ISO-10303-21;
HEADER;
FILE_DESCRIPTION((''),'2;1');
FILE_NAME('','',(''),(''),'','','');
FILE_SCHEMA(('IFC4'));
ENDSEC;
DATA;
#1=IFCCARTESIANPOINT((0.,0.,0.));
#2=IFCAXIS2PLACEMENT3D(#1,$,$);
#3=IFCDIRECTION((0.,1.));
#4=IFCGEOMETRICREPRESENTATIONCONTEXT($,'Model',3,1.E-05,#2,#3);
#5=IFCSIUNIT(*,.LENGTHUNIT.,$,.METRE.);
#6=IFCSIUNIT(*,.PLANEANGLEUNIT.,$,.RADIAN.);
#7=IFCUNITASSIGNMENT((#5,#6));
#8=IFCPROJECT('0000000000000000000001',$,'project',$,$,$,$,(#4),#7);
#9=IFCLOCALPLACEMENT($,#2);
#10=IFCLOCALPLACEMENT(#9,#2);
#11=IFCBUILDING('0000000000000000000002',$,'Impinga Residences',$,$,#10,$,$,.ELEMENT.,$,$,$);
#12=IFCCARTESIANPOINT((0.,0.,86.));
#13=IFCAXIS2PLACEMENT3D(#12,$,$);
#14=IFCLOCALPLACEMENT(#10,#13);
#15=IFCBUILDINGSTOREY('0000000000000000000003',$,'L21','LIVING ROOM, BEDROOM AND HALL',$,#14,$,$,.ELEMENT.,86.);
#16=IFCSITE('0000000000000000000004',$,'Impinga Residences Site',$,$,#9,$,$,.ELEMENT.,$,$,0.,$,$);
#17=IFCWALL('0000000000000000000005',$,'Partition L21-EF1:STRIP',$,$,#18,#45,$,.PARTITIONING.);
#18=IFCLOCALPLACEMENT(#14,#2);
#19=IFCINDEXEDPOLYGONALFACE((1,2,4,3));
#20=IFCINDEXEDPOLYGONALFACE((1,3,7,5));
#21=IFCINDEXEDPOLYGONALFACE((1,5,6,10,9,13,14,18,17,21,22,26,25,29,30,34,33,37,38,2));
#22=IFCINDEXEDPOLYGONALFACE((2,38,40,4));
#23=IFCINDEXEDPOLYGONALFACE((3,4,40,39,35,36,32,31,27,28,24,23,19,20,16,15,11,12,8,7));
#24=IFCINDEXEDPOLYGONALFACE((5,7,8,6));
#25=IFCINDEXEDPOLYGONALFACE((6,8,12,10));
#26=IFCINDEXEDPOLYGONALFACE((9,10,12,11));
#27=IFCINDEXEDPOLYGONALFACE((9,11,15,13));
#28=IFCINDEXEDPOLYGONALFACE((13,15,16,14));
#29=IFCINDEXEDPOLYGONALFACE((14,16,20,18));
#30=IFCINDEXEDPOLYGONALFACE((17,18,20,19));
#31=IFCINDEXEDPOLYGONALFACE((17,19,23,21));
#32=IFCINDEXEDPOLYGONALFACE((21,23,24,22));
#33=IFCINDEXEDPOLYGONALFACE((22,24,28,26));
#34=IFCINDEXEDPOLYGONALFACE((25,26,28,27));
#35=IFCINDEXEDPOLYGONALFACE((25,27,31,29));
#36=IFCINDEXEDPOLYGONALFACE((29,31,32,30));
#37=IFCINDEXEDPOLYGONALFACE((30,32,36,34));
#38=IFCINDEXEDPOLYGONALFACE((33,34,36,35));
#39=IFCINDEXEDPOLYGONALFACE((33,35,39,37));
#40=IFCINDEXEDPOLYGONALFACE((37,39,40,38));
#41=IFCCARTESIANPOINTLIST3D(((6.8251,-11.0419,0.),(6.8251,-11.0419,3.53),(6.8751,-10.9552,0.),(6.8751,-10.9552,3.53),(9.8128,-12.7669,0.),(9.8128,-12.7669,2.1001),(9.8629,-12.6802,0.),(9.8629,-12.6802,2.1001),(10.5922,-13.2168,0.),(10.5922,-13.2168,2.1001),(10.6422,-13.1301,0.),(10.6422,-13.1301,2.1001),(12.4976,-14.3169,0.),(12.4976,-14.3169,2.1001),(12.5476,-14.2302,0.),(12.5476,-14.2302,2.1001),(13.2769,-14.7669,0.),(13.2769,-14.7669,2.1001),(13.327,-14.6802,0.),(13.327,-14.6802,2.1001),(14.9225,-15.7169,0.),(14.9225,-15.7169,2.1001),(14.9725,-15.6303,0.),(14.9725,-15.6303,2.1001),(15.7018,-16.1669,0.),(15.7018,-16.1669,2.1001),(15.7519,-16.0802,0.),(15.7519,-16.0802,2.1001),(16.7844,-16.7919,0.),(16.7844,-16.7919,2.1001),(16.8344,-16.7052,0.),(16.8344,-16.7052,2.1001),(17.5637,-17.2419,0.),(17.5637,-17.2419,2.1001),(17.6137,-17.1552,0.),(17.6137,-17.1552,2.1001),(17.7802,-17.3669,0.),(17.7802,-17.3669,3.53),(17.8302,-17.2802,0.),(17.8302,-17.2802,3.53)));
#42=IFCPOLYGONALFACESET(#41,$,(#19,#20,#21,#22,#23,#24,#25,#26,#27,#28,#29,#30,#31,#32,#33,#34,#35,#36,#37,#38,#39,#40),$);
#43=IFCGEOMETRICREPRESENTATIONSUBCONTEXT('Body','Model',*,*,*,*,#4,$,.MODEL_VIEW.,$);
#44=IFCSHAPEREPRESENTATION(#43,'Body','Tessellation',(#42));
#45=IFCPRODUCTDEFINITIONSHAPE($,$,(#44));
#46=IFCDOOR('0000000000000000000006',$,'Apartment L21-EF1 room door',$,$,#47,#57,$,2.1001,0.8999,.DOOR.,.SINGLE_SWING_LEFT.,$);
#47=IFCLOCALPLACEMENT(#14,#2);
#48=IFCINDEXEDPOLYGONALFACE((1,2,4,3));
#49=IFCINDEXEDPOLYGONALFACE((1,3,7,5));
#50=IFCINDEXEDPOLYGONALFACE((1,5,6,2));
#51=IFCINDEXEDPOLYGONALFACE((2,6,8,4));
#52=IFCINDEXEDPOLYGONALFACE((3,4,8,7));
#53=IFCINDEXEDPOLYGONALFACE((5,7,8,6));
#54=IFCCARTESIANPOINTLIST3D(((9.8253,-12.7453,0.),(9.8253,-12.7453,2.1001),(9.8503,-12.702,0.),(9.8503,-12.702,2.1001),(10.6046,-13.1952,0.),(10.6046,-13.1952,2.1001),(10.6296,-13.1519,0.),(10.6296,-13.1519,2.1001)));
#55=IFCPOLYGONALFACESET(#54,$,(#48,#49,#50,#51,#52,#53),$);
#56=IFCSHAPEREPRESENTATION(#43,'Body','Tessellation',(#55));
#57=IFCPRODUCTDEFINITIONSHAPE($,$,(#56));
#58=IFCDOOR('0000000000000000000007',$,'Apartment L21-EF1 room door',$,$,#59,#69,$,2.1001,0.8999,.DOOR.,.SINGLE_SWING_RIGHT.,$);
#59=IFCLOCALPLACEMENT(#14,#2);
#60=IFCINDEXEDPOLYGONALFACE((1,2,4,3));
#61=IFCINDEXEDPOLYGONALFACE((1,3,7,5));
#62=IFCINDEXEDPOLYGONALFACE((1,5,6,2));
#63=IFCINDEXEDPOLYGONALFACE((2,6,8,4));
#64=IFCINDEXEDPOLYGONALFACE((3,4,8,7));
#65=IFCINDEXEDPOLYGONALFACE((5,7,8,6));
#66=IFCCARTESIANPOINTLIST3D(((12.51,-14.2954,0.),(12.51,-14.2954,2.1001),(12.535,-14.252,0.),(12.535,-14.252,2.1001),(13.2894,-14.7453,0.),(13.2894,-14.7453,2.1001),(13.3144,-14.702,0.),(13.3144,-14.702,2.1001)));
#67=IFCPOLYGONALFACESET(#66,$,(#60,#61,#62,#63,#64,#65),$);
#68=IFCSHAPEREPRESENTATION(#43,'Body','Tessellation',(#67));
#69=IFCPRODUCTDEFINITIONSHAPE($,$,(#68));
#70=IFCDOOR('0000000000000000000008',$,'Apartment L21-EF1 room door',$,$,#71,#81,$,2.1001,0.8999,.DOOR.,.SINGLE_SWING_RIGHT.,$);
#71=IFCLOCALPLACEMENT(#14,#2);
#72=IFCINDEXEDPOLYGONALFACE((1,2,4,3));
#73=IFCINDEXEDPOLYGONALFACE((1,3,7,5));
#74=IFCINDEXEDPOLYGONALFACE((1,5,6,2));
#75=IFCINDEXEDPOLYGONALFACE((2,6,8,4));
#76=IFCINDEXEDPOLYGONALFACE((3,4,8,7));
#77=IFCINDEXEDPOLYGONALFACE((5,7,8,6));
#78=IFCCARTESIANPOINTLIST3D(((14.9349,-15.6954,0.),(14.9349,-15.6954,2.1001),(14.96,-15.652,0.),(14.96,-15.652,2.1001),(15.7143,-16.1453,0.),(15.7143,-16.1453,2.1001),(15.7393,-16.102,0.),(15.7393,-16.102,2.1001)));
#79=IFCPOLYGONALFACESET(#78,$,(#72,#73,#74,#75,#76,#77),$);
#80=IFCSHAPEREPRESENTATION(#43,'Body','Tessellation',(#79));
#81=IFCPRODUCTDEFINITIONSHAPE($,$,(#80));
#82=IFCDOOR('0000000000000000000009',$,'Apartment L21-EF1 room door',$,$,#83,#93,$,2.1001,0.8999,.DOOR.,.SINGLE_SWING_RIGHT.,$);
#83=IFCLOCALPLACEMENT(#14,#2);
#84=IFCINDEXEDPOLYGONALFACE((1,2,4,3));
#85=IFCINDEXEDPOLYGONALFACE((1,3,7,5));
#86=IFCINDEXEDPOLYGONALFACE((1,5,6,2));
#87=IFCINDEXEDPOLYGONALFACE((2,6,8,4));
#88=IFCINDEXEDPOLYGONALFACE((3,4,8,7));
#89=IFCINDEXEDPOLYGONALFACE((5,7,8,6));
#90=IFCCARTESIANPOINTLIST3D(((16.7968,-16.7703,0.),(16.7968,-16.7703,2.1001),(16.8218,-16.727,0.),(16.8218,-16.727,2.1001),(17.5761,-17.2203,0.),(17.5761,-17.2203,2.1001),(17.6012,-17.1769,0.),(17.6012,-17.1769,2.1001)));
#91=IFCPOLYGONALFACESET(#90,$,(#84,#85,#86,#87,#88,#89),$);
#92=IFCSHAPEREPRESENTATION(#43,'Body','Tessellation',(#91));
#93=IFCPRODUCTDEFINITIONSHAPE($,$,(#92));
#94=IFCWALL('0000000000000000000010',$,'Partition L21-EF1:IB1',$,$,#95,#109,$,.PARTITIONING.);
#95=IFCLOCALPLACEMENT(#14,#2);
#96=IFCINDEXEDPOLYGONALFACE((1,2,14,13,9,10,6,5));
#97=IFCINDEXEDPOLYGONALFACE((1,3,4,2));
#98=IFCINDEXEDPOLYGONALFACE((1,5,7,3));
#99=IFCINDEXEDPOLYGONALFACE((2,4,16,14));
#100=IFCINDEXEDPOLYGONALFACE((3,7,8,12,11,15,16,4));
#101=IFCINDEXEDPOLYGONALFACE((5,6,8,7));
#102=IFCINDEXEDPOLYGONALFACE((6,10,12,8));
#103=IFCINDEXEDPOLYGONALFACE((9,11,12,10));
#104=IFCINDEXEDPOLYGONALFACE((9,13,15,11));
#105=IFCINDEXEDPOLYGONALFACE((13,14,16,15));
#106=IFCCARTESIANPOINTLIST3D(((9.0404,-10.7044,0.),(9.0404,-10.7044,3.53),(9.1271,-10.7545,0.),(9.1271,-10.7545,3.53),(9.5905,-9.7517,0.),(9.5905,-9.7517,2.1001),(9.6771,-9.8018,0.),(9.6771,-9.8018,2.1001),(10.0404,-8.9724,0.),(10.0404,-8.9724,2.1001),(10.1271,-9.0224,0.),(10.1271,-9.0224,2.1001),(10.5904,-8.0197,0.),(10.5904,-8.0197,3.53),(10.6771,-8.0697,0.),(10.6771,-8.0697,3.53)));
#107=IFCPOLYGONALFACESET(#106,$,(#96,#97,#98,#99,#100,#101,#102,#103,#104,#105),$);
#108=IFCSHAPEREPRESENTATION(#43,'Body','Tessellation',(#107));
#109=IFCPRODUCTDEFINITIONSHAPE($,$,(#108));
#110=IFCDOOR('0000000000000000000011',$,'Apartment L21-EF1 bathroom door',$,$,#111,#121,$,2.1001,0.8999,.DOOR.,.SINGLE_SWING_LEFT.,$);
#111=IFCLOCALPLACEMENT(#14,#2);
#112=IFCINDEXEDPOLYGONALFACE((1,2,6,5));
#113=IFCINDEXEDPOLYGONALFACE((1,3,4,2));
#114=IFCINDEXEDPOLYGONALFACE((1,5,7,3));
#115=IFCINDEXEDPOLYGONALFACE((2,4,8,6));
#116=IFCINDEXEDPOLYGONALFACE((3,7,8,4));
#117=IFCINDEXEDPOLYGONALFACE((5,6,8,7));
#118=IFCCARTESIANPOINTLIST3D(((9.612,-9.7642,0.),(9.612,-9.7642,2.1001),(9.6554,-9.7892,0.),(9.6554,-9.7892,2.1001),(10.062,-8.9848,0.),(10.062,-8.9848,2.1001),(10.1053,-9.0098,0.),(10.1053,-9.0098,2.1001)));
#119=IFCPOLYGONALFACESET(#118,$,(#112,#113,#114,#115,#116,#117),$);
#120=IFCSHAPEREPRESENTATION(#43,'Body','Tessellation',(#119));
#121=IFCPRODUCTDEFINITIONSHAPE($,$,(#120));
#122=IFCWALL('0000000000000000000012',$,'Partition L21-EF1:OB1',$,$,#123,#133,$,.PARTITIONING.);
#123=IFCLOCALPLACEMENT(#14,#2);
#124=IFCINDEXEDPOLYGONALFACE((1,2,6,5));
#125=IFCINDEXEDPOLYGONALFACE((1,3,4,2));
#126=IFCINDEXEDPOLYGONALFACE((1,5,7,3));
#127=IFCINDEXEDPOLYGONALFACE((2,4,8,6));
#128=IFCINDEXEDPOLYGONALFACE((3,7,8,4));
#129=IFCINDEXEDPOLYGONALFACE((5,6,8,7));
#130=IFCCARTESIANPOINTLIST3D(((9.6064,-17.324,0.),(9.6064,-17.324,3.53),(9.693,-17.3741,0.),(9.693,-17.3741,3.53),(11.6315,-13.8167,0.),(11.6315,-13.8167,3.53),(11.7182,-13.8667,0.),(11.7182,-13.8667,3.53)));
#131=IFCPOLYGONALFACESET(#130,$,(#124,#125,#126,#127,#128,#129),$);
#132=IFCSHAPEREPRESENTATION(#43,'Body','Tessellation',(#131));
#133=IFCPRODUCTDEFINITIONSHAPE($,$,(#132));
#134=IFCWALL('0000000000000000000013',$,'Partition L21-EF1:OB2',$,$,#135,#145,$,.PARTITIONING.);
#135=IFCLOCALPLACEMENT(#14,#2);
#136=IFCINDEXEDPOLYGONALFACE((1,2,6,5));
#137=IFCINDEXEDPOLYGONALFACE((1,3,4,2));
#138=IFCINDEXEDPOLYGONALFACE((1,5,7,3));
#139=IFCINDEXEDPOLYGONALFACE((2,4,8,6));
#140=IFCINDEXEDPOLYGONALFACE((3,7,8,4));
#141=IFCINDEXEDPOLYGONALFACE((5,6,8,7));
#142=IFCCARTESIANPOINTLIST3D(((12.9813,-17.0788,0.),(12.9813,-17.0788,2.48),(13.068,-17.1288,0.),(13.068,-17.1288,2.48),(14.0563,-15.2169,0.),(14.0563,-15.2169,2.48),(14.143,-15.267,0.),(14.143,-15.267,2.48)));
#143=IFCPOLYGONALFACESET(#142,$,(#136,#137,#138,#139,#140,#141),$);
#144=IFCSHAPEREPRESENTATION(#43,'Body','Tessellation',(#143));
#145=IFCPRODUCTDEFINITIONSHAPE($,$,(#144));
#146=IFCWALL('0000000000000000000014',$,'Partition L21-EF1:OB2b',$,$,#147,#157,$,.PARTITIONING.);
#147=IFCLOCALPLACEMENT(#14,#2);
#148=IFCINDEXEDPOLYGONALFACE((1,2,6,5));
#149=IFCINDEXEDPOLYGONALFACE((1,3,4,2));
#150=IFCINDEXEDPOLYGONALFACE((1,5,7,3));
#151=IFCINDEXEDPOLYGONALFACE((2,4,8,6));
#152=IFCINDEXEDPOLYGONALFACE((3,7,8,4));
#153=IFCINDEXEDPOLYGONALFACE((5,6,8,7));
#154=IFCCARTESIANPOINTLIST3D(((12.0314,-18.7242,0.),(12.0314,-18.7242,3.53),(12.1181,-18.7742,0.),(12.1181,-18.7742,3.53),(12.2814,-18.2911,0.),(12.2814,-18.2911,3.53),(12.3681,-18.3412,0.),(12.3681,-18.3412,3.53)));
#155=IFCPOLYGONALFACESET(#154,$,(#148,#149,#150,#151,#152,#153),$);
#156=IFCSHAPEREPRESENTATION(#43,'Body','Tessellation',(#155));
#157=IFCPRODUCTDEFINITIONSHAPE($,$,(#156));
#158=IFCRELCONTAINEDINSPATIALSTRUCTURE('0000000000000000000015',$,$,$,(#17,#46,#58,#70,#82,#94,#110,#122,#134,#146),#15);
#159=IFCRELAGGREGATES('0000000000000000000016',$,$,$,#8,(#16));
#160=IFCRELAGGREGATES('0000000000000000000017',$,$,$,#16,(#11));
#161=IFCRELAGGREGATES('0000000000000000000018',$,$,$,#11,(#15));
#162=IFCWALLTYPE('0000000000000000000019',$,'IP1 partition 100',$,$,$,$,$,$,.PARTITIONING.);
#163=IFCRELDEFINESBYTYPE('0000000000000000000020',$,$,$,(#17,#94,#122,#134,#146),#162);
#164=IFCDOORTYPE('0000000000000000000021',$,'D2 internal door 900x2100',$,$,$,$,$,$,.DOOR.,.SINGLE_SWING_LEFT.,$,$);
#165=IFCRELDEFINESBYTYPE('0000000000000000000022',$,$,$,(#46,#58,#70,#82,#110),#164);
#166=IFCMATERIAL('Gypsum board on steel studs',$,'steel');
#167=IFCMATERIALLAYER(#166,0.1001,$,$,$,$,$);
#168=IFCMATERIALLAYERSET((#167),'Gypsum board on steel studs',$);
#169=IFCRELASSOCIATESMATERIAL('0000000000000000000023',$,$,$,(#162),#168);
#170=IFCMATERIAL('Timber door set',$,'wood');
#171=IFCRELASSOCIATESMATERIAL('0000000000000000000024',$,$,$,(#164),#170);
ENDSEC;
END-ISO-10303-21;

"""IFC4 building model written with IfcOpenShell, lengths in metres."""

from ifc_helpers import new_model, si_unit, direction, frame, frame_2d, origin, place, context, subcontext, project, spatial, rectangle, extrude, material, layer, layer_set, type_object, element, fill, save


model = new_model("IFC4")

# Units and contexts
model_context = context("Model", 3, precision=1e-05, world=origin(), true_north=direction((0.0, 1.0)))
body_context = subcontext(model_context, "Body", "Model", "MODEL_VIEW")
ifc_project = project(units=[si_unit("LENGTHUNIT", "METRE"), si_unit("PLANEANGLEUNIT", "RADIAN")], contexts=[model_context])

# Site, building, storey
site_placement = place(None, origin())
site = spatial("IfcSite", under=ifc_project, at=site_placement, Name="Impinga Residences Site", CompositionType="ELEMENT", RefElevation=0.0)
building_placement = place(site_placement, origin())
building = spatial("IfcBuilding", under=site, at=building_placement, Name="Impinga Residences", CompositionType="ELEMENT")
storey_placement = place(building_placement, frame((0.0, 0.0, 86.0)))
storey = spatial("IfcBuildingStorey", under=building, at=storey_placement, Name="L21", Description="LIVING ROOM, BEDROOM AND HALL", CompositionType="ELEMENT", Elevation=86.0)

# Shared definitions
ifc_material_1 = material(Name="Timber door set", Category="wood")

# Shared definitions
ifc_material_2 = material(Name="Gypsum board on steel studs", Category="steel")
ifc_layer_1 = layer(ifc_material_2, 0.1001)
ifc_layer_set_1 = layer_set([ifc_layer_1], Name="Gypsum board on steel studs")
wall_type_1 = type_object("IfcWallType", Name="IP1 partition 100", PredefinedType="PARTITIONING", material=ifc_layer_set_1)
door_type_1 = type_object("IfcDoorType", Name="D2 internal door 900x2100", OperationType="SINGLE_SWING_LEFT", PredefinedType="DOOR", material=ifc_material_1)

# Wall, openings, doors
wall_1_placement = place(storey_placement, frame((6.8501, -10.9985, 0.0), z_axis=(0.0, 0.0, 1.0), x_axis=(0.866024, -0.500002, 0.0)))
wall_1 = element("IfcWall", 1, at=wall_1_placement, inside=storey, type_object=wall_type_1, Name="Partition L21-EF1:STRIP", PredefinedType="PARTITIONING", context=body_context, shape_type="SweptSolid", body=[
    extrude(rectangle(XDim=12.6499, YDim=0.1001, at=frame_2d((6.325, 0.0))), origin(), (0.0, 0.0, 1.0), 3.53),
])
opening_1_placement = place(wall_1_placement, frame((3.45, 0.0, 0.0)))
opening_1 = element("IfcOpeningElement", 2, at=opening_1_placement, cuts=wall_1, PredefinedType="OPENING", context=body_context, shape_type="SweptSolid", body=[
    extrude(rectangle(XDim=0.8999, YDim=2.1001, at=frame_2d((0.45, 1.05))), frame((0.0, 0.0601, 0.0), z_axis=(0.0, -1.0, 0.0), x_axis=(1.0, 0.0, 0.0)), (0.0, 0.0, 1.0), 0.1201),
])
opening_2_placement = place(wall_1_placement, frame((6.55, 0.0, 0.0)))
opening_2 = element("IfcOpeningElement", 3, at=opening_2_placement, cuts=wall_1, PredefinedType="OPENING", context=body_context, shape_type="SweptSolid", body=[
    extrude(rectangle(XDim=0.8999, YDim=2.1001, at=frame_2d((0.45, 1.05))), frame((0.0, 0.0601, 0.0), z_axis=(0.0, -1.0, 0.0), x_axis=(1.0, 0.0, 0.0)), (0.0, 0.0, 1.0), 0.1201),
])
opening_3_placement = place(wall_1_placement, frame((9.3501, 0.0, 0.0)))
opening_3 = element("IfcOpeningElement", 4, at=opening_3_placement, cuts=wall_1, PredefinedType="OPENING", context=body_context, shape_type="SweptSolid", body=[
    extrude(rectangle(XDim=0.8999, YDim=2.1001, at=frame_2d((0.45, 1.05))), frame((0.0, 0.0601, 0.0), z_axis=(0.0, -1.0, 0.0), x_axis=(1.0, 0.0, 0.0)), (0.0, 0.0, 1.0), 0.1201),
])
opening_4_placement = place(wall_1_placement, frame((11.5, 0.0, 0.0)))
opening_4 = element("IfcOpeningElement", 5, at=opening_4_placement, cuts=wall_1, PredefinedType="OPENING", context=body_context, shape_type="SweptSolid", body=[
    extrude(rectangle(XDim=0.8999, YDim=2.1001, at=frame_2d((0.45, 1.05))), frame((0.0, 0.0601, 0.0), z_axis=(0.0, -1.0, 0.0), x_axis=(1.0, 0.0, 0.0)), (0.0, 0.0, 1.0), 0.1201),
])
door_1_placement = place(opening_1_placement, origin())
door_1 = element("IfcDoor", 6, at=door_1_placement, inside=storey, type_object=door_type_1, Name="Apartment L21-EF1 room door", OperationType="SINGLE_SWING_LEFT", OverallHeight=2.1001, OverallWidth=0.8999, PredefinedType="DOOR", context=body_context, shape_type="SweptSolid", body=[
    extrude(rectangle(XDim=0.8999, YDim=2.1001, at=frame_2d((0.45, 1.05))), frame((0.0, 0.0249, 0.0), z_axis=(0.0, -1.0, 0.0), x_axis=(1.0, 0.0, 0.0)), (0.0, 0.0, 1.0), 0.05),
])
fill(opening_1, door_1)
door_2_placement = place(opening_2_placement, origin())
door_2 = element("IfcDoor", 7, at=door_2_placement, inside=storey, type_object=door_type_1, Name="Apartment L21-EF1 room door", OperationType="SINGLE_SWING_RIGHT", OverallHeight=2.1001, OverallWidth=0.8999, PredefinedType="DOOR", context=body_context, shape_type="SweptSolid", body=[
    extrude(rectangle(XDim=0.8999, YDim=2.1001, at=frame_2d((0.45, 1.05))), frame((0.0, 0.0249, 0.0), z_axis=(0.0, -1.0, 0.0), x_axis=(1.0, 0.0, 0.0)), (0.0, 0.0, 1.0), 0.05),
])
fill(opening_2, door_2)
door_3_placement = place(opening_3_placement, origin())
door_3 = element("IfcDoor", 8, at=door_3_placement, inside=storey, type_object=door_type_1, Name="Apartment L21-EF1 room door", OperationType="SINGLE_SWING_RIGHT", OverallHeight=2.1001, OverallWidth=0.8999, PredefinedType="DOOR", context=body_context, shape_type="SweptSolid", body=[
    extrude(rectangle(XDim=0.8999, YDim=2.1001, at=frame_2d((0.45, 1.05))), frame((0.0, 0.0249, 0.0), z_axis=(0.0, -1.0, 0.0), x_axis=(1.0, 0.0, 0.0)), (0.0, 0.0, 1.0), 0.05),
])
fill(opening_3, door_3)
door_4_placement = place(opening_4_placement, origin())
door_4 = element("IfcDoor", 9, at=door_4_placement, inside=storey, type_object=door_type_1, Name="Apartment L21-EF1 room door", OperationType="SINGLE_SWING_RIGHT", OverallHeight=2.1001, OverallWidth=0.8999, PredefinedType="DOOR", context=body_context, shape_type="SweptSolid", body=[
    extrude(rectangle(XDim=0.8999, YDim=2.1001, at=frame_2d((0.45, 1.05))), frame((0.0, 0.0249, 0.0), z_axis=(0.0, -1.0, 0.0), x_axis=(1.0, 0.0, 0.0)), (0.0, 0.0, 1.0), 0.05),
])
fill(opening_4, door_4)

# Wall, opening, door
wall_2_placement = place(storey_placement, frame((10.6338, -8.0447, 0.0), z_axis=(0.0, 0.0, 1.0), x_axis=(-0.499993, -0.86603, 0.0)))
wall_2 = element("IfcWall", 10, at=wall_2_placement, inside=storey, type_object=wall_type_1, Name="Partition L21-EF1:IB1", PredefinedType="PARTITIONING", context=body_context, shape_type="SweptSolid", body=[
    extrude(rectangle(XDim=3.1001, YDim=0.1001, at=frame_2d((1.55, 0.0))), origin(), (0.0, 0.0, 1.0), 3.53),
])
opening_5_placement = place(wall_2_placement, frame((1.1001, 0.0, 0.0)))
opening_5 = element("IfcOpeningElement", 11, at=opening_5_placement, cuts=wall_2, PredefinedType="OPENING", context=body_context, shape_type="SweptSolid", body=[
    extrude(rectangle(XDim=0.8999, YDim=2.1001, at=frame_2d((0.45, 1.05))), frame((0.0, 0.0601, 0.0), z_axis=(0.0, -1.0, 0.0), x_axis=(1.0, 0.0, 0.0)), (0.0, 0.0, 1.0), 0.1201),
])
door_5_placement = place(opening_5_placement, origin())
door_5 = element("IfcDoor", 12, at=door_5_placement, inside=storey, type_object=door_type_1, Name="Apartment L21-EF1 bathroom door", OperationType="SINGLE_SWING_LEFT", OverallHeight=2.1001, OverallWidth=0.8999, PredefinedType="DOOR", context=body_context, shape_type="SweptSolid", body=[
    extrude(rectangle(XDim=0.8999, YDim=2.1001, at=frame_2d((0.45, 1.05))), frame((0.0, 0.0249, 0.0), z_axis=(0.0, -1.0, 0.0), x_axis=(1.0, 0.0, 0.0)), (0.0, 0.0, 1.0), 0.05),
])
fill(opening_5, door_5)

# Walls
wall_3_placement = place(storey_placement, frame((11.6748, -13.8418, 0.0), z_axis=(0.0, 0.0, 1.0), x_axis=(-0.500036, -0.866005, 0.0)))
element("IfcWall", 13, at=wall_3_placement, inside=storey, type_object=wall_type_1, Name="Partition L21-EF1:OB1", PredefinedType="PARTITIONING", context=body_context, shape_type="SweptSolid", body=[
    extrude(rectangle(XDim=4.05, YDim=0.1001, at=frame_2d((2.0249, 0.0))), origin(), (0.0, 0.0, 1.0), 3.53),
])
wall_4_placement = place(storey_placement, frame((14.0996, -15.2419, 0.0), z_axis=(0.0, 0.0, 1.0), x_axis=(-0.500011, -0.866019, 0.0)))
element("IfcWall", 14, at=wall_4_placement, inside=storey, type_object=wall_type_1, Name="Partition L21-EF1:OB2", PredefinedType="PARTITIONING", context=body_context, shape_type="SweptSolid", body=[
    extrude(rectangle(XDim=2.1499, YDim=0.1001, at=frame_2d((1.075, 0.0))), origin(), (0.0, 0.0, 1.0), 2.48),
])
wall_5_placement = place(storey_placement, frame((12.3247, -18.3162, 0.0), z_axis=(0.0, 0.0, 1.0), x_axis=(-0.49992, -0.866072, 0.0)))
element("IfcWall", 15, at=wall_5_placement, inside=storey, type_object=wall_type_1, Name="Partition L21-EF1:OB2b", PredefinedType="PARTITIONING", context=body_context, shape_type="SweptSolid", body=[
    extrude(rectangle(XDim=0.5, YDim=0.1001, at=frame_2d((0.25, 0.0))), origin(), (0.0, 0.0, 1.0), 3.53),
])

save(model, "model.ifc")
